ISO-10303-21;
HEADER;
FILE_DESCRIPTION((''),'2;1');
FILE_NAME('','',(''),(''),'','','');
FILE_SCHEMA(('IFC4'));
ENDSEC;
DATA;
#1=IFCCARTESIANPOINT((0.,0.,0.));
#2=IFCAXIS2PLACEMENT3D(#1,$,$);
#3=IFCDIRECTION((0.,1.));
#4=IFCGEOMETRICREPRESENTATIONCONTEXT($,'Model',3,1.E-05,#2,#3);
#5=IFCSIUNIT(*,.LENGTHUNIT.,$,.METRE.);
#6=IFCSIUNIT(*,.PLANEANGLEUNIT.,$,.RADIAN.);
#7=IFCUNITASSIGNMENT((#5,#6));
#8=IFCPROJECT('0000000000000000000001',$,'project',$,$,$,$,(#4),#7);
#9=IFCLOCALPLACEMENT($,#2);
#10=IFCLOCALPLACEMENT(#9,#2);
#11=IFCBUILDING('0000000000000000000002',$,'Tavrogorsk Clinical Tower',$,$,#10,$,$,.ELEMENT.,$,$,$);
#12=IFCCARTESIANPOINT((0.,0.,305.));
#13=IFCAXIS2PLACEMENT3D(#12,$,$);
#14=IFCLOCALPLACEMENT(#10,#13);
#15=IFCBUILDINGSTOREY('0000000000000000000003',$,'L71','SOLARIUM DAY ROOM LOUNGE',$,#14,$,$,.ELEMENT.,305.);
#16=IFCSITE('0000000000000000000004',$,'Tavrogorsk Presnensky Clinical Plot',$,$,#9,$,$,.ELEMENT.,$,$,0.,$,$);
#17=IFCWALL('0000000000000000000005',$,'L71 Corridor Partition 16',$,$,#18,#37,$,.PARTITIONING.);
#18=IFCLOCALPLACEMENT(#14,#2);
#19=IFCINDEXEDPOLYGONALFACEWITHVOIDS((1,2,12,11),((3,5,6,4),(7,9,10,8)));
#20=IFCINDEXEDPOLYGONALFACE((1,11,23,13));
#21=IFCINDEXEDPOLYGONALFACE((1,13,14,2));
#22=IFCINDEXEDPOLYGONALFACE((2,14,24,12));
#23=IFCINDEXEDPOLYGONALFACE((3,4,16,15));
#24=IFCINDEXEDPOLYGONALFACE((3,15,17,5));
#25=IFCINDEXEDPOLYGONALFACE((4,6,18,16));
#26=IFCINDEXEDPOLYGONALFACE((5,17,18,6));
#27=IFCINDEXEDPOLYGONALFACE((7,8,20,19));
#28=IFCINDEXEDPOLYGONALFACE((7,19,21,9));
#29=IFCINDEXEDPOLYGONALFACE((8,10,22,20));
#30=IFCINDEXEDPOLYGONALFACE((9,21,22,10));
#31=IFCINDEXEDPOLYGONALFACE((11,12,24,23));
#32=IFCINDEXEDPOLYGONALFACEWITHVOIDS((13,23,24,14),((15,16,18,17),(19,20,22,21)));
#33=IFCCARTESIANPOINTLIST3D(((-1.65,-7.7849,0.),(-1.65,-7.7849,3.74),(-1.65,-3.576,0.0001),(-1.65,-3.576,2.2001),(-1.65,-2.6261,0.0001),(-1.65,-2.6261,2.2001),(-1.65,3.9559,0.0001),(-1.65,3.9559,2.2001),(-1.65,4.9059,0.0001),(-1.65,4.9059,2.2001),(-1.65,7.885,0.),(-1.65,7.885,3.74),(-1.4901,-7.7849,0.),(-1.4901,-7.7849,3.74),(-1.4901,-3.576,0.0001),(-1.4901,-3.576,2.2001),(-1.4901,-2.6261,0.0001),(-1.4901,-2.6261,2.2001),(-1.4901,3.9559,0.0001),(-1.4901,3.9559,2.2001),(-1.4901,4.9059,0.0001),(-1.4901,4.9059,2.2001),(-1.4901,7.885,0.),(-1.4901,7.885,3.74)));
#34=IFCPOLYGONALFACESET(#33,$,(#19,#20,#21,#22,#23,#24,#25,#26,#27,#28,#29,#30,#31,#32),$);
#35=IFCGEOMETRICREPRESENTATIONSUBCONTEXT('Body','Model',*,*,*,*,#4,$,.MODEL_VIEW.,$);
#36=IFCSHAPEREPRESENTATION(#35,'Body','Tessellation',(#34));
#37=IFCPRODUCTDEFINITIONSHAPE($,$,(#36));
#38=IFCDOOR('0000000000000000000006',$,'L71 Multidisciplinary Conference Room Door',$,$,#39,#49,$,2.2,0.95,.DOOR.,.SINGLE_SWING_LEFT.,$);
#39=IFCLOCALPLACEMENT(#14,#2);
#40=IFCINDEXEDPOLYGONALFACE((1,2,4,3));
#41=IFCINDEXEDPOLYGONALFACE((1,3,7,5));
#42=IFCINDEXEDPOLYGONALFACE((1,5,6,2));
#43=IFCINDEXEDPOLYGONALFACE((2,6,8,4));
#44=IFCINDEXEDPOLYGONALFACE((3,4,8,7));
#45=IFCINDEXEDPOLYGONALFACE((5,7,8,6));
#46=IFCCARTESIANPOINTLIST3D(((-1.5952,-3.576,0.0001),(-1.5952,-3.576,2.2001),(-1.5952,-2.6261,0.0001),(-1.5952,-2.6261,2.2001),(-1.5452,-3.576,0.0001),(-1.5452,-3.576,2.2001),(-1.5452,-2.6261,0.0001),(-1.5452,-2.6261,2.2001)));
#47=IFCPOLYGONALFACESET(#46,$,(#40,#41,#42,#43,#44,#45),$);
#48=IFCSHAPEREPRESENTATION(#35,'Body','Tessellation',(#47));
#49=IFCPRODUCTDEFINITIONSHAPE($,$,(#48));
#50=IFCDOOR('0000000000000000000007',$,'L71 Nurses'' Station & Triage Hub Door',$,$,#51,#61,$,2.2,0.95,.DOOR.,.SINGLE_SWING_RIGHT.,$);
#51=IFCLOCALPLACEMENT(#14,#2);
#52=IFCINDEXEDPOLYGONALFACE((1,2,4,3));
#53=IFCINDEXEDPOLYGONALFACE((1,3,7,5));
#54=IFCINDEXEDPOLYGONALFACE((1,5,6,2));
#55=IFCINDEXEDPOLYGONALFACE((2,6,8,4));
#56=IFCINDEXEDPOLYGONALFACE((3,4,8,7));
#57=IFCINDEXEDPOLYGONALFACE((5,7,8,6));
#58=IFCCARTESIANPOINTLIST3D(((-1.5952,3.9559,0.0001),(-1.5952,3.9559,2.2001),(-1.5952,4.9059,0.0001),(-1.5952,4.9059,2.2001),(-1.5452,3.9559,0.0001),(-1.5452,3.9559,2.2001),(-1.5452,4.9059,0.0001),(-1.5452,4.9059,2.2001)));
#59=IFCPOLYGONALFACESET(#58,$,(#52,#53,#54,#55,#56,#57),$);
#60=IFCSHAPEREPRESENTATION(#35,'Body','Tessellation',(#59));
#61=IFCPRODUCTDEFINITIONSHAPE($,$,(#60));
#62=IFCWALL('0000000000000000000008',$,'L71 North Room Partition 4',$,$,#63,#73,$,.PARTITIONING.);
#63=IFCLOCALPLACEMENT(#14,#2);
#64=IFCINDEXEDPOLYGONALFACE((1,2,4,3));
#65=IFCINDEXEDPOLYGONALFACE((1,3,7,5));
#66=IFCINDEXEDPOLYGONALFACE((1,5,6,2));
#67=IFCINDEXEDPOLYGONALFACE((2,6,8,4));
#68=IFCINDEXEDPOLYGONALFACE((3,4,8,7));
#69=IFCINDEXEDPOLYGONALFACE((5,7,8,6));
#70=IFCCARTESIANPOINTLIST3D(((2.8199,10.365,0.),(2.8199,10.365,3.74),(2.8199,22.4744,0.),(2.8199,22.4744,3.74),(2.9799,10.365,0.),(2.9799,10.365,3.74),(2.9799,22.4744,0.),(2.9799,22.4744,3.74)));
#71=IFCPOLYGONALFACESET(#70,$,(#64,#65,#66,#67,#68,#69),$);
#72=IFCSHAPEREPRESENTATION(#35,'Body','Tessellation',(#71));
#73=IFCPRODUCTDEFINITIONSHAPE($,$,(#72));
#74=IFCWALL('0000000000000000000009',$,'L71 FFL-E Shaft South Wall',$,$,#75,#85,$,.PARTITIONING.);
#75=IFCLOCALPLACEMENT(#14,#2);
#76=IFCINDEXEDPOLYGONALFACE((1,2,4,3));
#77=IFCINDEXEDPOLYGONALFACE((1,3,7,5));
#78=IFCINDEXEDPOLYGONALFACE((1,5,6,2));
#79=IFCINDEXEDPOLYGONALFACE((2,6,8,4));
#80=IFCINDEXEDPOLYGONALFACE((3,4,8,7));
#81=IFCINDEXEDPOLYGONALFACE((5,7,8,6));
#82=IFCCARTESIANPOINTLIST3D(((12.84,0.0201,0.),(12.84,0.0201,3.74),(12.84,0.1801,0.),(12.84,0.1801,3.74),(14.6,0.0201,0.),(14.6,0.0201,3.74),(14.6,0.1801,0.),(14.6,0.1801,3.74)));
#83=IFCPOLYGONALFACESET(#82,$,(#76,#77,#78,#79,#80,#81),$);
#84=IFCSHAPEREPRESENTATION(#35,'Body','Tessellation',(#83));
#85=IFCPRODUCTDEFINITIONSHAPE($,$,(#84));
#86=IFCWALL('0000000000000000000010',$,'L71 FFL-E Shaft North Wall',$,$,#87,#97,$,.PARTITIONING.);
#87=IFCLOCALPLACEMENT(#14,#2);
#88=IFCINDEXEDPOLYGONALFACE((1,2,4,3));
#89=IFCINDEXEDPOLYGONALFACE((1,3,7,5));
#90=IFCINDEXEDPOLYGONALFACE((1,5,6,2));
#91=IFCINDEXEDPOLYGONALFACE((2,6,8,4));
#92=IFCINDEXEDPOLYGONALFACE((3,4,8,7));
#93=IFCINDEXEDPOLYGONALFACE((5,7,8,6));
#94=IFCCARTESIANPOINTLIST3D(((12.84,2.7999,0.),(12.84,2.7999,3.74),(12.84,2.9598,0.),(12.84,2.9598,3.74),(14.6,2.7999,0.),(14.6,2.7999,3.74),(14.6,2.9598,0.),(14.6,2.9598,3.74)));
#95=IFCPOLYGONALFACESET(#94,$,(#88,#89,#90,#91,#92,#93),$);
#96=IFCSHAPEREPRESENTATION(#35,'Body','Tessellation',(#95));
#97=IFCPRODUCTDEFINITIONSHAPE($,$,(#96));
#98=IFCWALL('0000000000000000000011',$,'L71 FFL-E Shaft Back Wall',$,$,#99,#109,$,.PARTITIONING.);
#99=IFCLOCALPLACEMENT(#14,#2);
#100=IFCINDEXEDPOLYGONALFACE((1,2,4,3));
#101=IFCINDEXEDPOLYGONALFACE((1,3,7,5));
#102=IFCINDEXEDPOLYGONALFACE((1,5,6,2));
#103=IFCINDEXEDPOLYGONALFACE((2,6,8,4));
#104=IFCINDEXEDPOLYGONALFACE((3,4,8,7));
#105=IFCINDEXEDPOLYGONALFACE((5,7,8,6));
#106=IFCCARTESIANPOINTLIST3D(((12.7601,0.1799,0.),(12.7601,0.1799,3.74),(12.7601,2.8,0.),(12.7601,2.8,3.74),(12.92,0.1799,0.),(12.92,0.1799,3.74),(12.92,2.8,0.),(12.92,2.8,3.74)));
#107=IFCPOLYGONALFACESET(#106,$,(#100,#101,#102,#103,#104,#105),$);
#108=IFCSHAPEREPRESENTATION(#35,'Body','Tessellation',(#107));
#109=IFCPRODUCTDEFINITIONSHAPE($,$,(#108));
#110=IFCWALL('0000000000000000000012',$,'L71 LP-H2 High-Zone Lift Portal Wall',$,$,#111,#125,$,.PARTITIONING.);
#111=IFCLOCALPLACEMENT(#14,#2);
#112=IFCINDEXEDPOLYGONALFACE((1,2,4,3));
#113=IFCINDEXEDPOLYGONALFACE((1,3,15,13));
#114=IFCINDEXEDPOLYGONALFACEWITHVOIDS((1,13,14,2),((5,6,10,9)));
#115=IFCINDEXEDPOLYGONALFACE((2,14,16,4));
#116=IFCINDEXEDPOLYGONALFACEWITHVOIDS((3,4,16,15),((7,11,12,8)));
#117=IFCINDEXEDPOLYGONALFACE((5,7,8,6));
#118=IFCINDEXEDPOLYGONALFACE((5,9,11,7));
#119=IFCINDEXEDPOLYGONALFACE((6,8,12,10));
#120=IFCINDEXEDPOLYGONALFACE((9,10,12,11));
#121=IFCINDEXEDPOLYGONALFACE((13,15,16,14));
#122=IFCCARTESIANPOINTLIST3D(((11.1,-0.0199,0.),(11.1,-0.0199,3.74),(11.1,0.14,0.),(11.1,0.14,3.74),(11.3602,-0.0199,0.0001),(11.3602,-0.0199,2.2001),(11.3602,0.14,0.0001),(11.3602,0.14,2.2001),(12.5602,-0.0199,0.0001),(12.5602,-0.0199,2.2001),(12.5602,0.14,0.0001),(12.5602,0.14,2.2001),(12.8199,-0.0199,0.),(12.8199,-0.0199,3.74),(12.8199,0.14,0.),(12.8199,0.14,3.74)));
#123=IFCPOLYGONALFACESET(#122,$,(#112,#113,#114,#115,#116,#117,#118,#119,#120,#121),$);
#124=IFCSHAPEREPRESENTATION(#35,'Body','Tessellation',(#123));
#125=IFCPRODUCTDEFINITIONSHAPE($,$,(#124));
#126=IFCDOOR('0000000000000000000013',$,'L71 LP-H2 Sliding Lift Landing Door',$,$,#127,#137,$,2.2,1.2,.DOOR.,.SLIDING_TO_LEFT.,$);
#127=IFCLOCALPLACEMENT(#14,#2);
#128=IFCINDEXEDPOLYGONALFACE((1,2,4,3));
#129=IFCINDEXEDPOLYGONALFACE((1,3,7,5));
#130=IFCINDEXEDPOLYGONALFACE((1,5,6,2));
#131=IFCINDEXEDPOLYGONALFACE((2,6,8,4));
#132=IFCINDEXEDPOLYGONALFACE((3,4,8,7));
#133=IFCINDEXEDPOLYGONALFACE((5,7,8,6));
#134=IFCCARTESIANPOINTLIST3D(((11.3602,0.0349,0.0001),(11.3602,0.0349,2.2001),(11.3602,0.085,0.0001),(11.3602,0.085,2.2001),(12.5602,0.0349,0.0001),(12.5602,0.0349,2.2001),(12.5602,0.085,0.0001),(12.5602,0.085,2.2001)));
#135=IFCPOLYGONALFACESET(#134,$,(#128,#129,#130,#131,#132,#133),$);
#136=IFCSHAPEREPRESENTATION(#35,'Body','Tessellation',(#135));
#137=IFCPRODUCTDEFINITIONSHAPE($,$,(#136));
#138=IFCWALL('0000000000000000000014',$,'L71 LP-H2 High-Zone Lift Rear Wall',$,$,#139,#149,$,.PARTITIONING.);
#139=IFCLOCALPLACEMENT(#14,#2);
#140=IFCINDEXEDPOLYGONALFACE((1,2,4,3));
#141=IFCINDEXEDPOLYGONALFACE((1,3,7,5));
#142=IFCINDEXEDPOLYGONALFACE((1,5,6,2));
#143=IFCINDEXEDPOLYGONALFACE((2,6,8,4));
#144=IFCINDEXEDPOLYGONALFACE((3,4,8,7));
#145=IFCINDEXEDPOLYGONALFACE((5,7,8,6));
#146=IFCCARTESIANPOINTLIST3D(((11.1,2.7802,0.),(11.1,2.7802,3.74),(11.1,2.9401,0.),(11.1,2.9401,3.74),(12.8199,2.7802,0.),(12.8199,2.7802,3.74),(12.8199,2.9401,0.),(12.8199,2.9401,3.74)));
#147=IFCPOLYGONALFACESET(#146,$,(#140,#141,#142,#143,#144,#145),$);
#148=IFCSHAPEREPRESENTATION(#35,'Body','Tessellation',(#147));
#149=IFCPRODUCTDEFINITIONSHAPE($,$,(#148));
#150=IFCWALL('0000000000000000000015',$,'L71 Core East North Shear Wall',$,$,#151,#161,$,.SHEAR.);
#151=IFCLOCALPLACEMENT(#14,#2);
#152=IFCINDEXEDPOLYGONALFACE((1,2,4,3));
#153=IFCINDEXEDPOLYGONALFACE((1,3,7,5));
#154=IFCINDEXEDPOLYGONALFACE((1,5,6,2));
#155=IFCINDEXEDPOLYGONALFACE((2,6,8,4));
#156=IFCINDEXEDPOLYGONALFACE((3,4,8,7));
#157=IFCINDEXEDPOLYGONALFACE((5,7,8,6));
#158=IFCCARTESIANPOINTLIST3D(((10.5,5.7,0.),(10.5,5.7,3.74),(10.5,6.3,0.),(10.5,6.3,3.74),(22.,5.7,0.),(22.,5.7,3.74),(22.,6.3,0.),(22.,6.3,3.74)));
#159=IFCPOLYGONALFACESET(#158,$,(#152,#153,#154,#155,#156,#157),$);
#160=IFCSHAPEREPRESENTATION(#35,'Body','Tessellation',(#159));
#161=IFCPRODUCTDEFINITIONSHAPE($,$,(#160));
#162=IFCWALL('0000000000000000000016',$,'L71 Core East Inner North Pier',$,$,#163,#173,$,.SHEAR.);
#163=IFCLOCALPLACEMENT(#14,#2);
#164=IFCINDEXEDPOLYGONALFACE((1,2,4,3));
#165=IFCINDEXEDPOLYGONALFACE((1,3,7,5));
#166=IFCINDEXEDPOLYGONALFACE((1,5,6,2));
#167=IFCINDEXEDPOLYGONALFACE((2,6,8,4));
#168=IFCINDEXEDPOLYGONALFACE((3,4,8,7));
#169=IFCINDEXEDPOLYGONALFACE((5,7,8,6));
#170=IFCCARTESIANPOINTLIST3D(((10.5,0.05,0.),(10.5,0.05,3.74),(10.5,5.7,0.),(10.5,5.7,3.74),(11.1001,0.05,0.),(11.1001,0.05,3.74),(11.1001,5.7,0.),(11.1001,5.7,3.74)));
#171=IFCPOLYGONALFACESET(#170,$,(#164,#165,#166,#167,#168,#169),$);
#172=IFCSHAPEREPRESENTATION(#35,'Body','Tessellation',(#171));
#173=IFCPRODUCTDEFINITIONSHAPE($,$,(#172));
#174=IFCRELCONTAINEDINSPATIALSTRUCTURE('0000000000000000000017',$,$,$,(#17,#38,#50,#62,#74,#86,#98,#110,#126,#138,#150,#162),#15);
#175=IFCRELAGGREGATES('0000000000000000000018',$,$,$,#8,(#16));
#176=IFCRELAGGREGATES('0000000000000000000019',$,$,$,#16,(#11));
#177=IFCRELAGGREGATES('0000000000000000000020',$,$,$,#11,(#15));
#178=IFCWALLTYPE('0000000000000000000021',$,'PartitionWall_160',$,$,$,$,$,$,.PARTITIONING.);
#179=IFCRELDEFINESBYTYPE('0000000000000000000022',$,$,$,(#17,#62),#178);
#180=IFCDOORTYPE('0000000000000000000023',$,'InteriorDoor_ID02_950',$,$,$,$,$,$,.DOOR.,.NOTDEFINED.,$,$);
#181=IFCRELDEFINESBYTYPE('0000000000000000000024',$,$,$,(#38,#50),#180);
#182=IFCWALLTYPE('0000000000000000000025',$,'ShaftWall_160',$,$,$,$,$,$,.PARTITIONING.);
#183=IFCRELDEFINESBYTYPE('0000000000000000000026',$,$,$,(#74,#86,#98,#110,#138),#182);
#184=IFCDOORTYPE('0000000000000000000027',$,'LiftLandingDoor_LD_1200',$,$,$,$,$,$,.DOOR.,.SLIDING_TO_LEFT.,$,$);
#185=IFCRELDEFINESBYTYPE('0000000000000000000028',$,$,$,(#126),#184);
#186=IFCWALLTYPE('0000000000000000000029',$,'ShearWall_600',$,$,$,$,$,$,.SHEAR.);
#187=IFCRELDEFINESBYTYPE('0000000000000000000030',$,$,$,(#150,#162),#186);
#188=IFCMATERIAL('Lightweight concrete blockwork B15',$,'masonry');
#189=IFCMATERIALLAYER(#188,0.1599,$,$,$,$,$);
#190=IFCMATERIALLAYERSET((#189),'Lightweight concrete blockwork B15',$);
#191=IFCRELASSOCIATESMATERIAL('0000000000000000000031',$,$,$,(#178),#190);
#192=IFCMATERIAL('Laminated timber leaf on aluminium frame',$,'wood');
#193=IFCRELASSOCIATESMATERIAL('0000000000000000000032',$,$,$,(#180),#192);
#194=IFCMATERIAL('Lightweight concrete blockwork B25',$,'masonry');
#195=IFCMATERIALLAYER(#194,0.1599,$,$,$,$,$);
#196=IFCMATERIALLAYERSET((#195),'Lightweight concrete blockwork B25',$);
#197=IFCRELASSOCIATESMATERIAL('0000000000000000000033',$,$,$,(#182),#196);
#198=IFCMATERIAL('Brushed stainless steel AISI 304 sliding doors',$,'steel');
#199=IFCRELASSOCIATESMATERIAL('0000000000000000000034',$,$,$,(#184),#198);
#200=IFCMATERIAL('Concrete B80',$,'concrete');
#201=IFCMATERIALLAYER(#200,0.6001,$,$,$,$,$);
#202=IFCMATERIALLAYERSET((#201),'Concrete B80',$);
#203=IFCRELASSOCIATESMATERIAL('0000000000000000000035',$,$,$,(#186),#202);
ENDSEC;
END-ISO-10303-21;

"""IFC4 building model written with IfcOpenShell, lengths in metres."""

from ifc_helpers import new_model, si_unit, direction, frame, frame_2d, origin, place, context, subcontext, project, spatial, rectangle, extrude, material, layer, layer_set, type_object, element, fill, save


model = new_model("IFC4")

# Units and contexts
model_context = context("Model", 3, precision=1e-05, world=origin(), true_north=direction((0.0, 1.0)))
body_context = subcontext(model_context, "Body", "Model", "MODEL_VIEW")
ifc_project = project(units=[si_unit("LENGTHUNIT", "METRE"), si_unit("PLANEANGLEUNIT", "RADIAN")], contexts=[model_context])

# Site, building, storey
site_placement = place(None, origin())
site = spatial("IfcSite", under=ifc_project, at=site_placement, Name="Tavrogorsk Presnensky Clinical Plot", CompositionType="ELEMENT", RefElevation=0.0)
building_placement = place(site_placement, origin())
building = spatial("IfcBuilding", under=site, at=building_placement, Name="Tavrogorsk Clinical Tower", CompositionType="ELEMENT")
storey_placement = place(building_placement, frame((0.0, 0.0, 305.0)))
storey = spatial("IfcBuildingStorey", under=building, at=storey_placement, Name="L71", Description="SOLARIUM DAY ROOM LOUNGE", CompositionType="ELEMENT", Elevation=305.0)

# Shared definitions
ifc_material_1 = material(Name="Lightweight concrete blockwork B15", Category="masonry")
ifc_layer_1 = layer(ifc_material_1, 0.1599)
ifc_layer_set_1 = layer_set([ifc_layer_1], Name="Lightweight concrete blockwork B15")
wall_type_1 = type_object("IfcWallType", Name="PartitionWall_160", PredefinedType="PARTITIONING", material=ifc_layer_set_1)
ifc_material_2 = material(Name="Laminated timber leaf on aluminium frame", Category="wood")
door_type_1 = type_object("IfcDoorType", Name="InteriorDoor_ID02_950", OperationType="NOTDEFINED", PredefinedType="DOOR", material=ifc_material_2)

# Wall, openings, doors
wall_1_placement = place(storey_placement, frame((-1.5701, 7.885, 0.0), z_axis=(0.0, 0.0, 1.0), x_axis=(0.0, -1.0, 0.0)))
wall_1 = element("IfcWall", 1, at=wall_1_placement, inside=storey, type_object=wall_type_1, Name="L71 Corridor Partition 16", PredefinedType="PARTITIONING", context=body_context, shape_type="SweptSolid", body=[
    extrude(rectangle(XDim=15.6699, YDim=0.1599, at=frame_2d((7.835, 0.0))), origin(), (0.0, 0.0, 1.0), 3.74),
])
opening_1_placement = place(wall_1_placement, frame((10.511, 0.0, 0.0)))
opening_1 = element("IfcOpeningElement", 2, at=opening_1_placement, cuts=wall_1, PredefinedType="OPENING", context=body_context, shape_type="SweptSolid", body=[
    extrude(rectangle(XDim=0.95, YDim=2.2, at=frame_2d((0.4751, 1.1001))), frame((0.0, 0.0898, 0.0), z_axis=(0.0, -1.0, 0.0), x_axis=(1.0, 0.0, 0.0)), (0.0, 0.0, 1.0), 0.1799),
])
opening_2_placement = place(wall_1_placement, frame((2.979, 0.0, 0.0)))
opening_2 = element("IfcOpeningElement", 3, at=opening_2_placement, cuts=wall_1, PredefinedType="OPENING", context=body_context, shape_type="SweptSolid", body=[
    extrude(rectangle(XDim=0.95, YDim=2.2, at=frame_2d((0.4751, 1.1001))), frame((0.0, 0.0898, 0.0), z_axis=(0.0, -1.0, 0.0), x_axis=(1.0, 0.0, 0.0)), (0.0, 0.0, 1.0), 0.1799),
])
door_1_placement = place(opening_1_placement, origin())
door_1 = element("IfcDoor", 4, at=door_1_placement, inside=storey, type_object=door_type_1, Name="L71 Multidisciplinary Conference Room Door", OperationType="SINGLE_SWING_LEFT", OverallHeight=2.2, OverallWidth=0.95, PredefinedType="DOOR", context=body_context, shape_type="SweptSolid", body=[
    extrude(rectangle(XDim=0.95, YDim=2.2, at=frame_2d((0.4751, 1.1001))), frame((0.0, 0.0249, 0.0), z_axis=(0.0, -1.0, 0.0), x_axis=(1.0, 0.0, 0.0)), (0.0, 0.0, 1.0), 0.05),
])
fill(opening_1, door_1)
door_2_placement = place(opening_2_placement, origin())
door_2 = element("IfcDoor", 5, at=door_2_placement, inside=storey, type_object=door_type_1, Name="L71 Nurses' Station & Triage Hub Door", OperationType="SINGLE_SWING_RIGHT", OverallHeight=2.2, OverallWidth=0.95, PredefinedType="DOOR", context=body_context, shape_type="SweptSolid", body=[
    extrude(rectangle(XDim=0.95, YDim=2.2, at=frame_2d((0.4751, 1.1001))), frame((0.0, 0.0249, 0.0), z_axis=(0.0, -1.0, 0.0), x_axis=(1.0, 0.0, 0.0)), (0.0, 0.0, 1.0), 0.05),
])
fill(opening_2, door_2)

# Walls
wall_2_placement = place(storey_placement, frame((2.8999, 10.365, 0.0), z_axis=(0.0, 0.0, 1.0), x_axis=(0.0, 1.0, 0.0)))
element("IfcWall", 6, at=wall_2_placement, inside=storey, type_object=wall_type_1, Name="L71 North Room Partition 4", PredefinedType="PARTITIONING", context=body_context, shape_type="SweptSolid", body=[
    extrude(rectangle(XDim=12.1094, YDim=0.1599, at=frame_2d((6.0547, 0.0))), origin(), (0.0, 0.0, 1.0), 3.74),
])
ifc_material_3 = material(Name="Lightweight concrete blockwork B25", Category="masonry")
ifc_layer_2 = layer(ifc_material_3, 0.1599)
ifc_layer_set_2 = layer_set([ifc_layer_2], Name="Lightweight concrete blockwork B25")
wall_type_2 = type_object("IfcWallType", Name="ShaftWall_160", PredefinedType="PARTITIONING", material=ifc_layer_set_2)
for number, where, z_axis, x_axis, name in (
    (7, (12.8401, 0.1001, 0.0), (0.0, 0.0, 1.0), (1.0, 0.0, 0.0), "L71 FFL-E Shaft South Wall"),
    (8, (12.8401, 2.8799, 0.0), (0.0, 0.0, 1.0), (1.0, 0.0, 0.0), "L71 FFL-E Shaft North Wall"),
):
    element("IfcWall", number, at=place(storey_placement, frame(where, z_axis=z_axis, x_axis=x_axis)), inside=storey, type_object=wall_type_2, Name=name, PredefinedType="PARTITIONING", context=body_context, shape_type="SweptSolid", body=[
        extrude(rectangle(XDim=1.76, YDim=0.1599, at=frame_2d((0.8799, 0.0))), origin(), (0.0, 0.0, 1.0), 3.74),
    ])
wall_3_placement = place(storey_placement, frame((12.8401, 0.1799, 0.0), z_axis=(0.0, 0.0, 1.0), x_axis=(0.0, 1.0, 0.0)))
element("IfcWall", 9, at=wall_3_placement, inside=storey, type_object=wall_type_2, Name="L71 FFL-E Shaft Back Wall", PredefinedType="PARTITIONING", context=body_context, shape_type="SweptSolid", body=[
    extrude(rectangle(XDim=2.6201, YDim=0.1599, at=frame_2d((1.3101, 0.0))), origin(), (0.0, 0.0, 1.0), 3.74),
])

# Wall, opening, door
wall_4_placement = place(storey_placement, frame((11.1001, 0.0601, 0.0), z_axis=(0.0, 0.0, 1.0), x_axis=(1.0, 0.0, 0.0)))
wall_4 = element("IfcWall", 10, at=wall_4_placement, inside=storey, type_object=wall_type_2, Name="L71 LP-H2 High-Zone Lift Portal Wall", PredefinedType="PARTITIONING", context=body_context, shape_type="SweptSolid", body=[
    extrude(rectangle(XDim=1.72, YDim=0.1599, at=frame_2d((0.8599, 0.0))), origin(), (0.0, 0.0, 1.0), 3.74),
])
opening_3_placement = place(wall_4_placement, frame((0.26, 0.0, 0.0)))
opening_3 = element("IfcOpeningElement", 11, at=opening_3_placement, cuts=wall_4, PredefinedType="OPENING", context=body_context, shape_type="SweptSolid", body=[
    extrude(rectangle(XDim=1.2, YDim=2.2, at=frame_2d((0.6001, 1.1001))), frame((0.0, 0.0898, 0.0), z_axis=(0.0, -1.0, 0.0), x_axis=(1.0, 0.0, 0.0)), (0.0, 0.0, 1.0), 0.1799),
])
ifc_material_4 = material(Name="Brushed stainless steel AISI 304 sliding doors", Category="steel")
door_type_2 = type_object("IfcDoorType", Name="LiftLandingDoor_LD_1200", OperationType="SLIDING_TO_LEFT", PredefinedType="DOOR", material=ifc_material_4)
door_3_placement = place(opening_3_placement, origin())
door_3 = element("IfcDoor", 12, at=door_3_placement, inside=storey, type_object=door_type_2, Name="L71 LP-H2 Sliding Lift Landing Door", OperationType="SLIDING_TO_LEFT", OverallHeight=2.2, OverallWidth=1.2, PredefinedType="DOOR", context=body_context, shape_type="SweptSolid", body=[
    extrude(rectangle(XDim=1.2, YDim=2.2, at=frame_2d((0.6001, 1.1001))), frame((0.0, 0.0249, 0.0), z_axis=(0.0, -1.0, 0.0), x_axis=(1.0, 0.0, 0.0)), (0.0, 0.0, 1.0), 0.05),
])
fill(opening_3, door_3)

# Walls
wall_5_placement = place(storey_placement, frame((11.1001, 2.8601, 0.0), z_axis=(0.0, 0.0, 1.0), x_axis=(1.0, 0.0, 0.0)))
element("IfcWall", 13, at=wall_5_placement, inside=storey, type_object=wall_type_2, Name="L71 LP-H2 High-Zone Lift Rear Wall", PredefinedType="PARTITIONING", context=body_context, shape_type="SweptSolid", body=[
    extrude(rectangle(XDim=1.72, YDim=0.1599, at=frame_2d((0.8599, 0.0))), origin(), (0.0, 0.0, 1.0), 3.74),
])
ifc_material_5 = material(Name="Concrete B80", Category="concrete")
ifc_layer_3 = layer(ifc_material_5, 0.6001)
ifc_layer_set_3 = layer_set([ifc_layer_3], Name="Concrete B80")
wall_type_3 = type_object("IfcWallType", Name="ShearWall_600", PredefinedType="SHEAR", material=ifc_layer_set_3)
wall_6_placement = place(storey_placement, frame((10.5, 6.0, 0.0), z_axis=(0.0, 0.0, 1.0), x_axis=(1.0, 0.0, 0.0)))
element("IfcWall", 14, at=wall_6_placement, inside=storey, type_object=wall_type_3, Name="L71 Core East North Shear Wall", PredefinedType="SHEAR", context=body_context, shape_type="SweptSolid", body=[
    extrude(rectangle(XDim=11.5, YDim=0.6001, at=frame_2d((5.75, 0.0))), origin(), (0.0, 0.0, 1.0), 3.74),
])
wall_7_placement = place(storey_placement, frame((10.8, 0.05, 0.0), z_axis=(0.0, 0.0, 1.0), x_axis=(0.0, 1.0, 0.0)))
element("IfcWall", 15, at=wall_7_placement, inside=storey, type_object=wall_type_3, Name="L71 Core East Inner North Pier", PredefinedType="SHEAR", context=body_context, shape_type="SweptSolid", body=[
    extrude(rectangle(XDim=5.6499, YDim=0.6001, at=frame_2d((2.825, 0.0))), origin(), (0.0, 0.0, 1.0), 3.74),
])

save(model, "model.ifc")
